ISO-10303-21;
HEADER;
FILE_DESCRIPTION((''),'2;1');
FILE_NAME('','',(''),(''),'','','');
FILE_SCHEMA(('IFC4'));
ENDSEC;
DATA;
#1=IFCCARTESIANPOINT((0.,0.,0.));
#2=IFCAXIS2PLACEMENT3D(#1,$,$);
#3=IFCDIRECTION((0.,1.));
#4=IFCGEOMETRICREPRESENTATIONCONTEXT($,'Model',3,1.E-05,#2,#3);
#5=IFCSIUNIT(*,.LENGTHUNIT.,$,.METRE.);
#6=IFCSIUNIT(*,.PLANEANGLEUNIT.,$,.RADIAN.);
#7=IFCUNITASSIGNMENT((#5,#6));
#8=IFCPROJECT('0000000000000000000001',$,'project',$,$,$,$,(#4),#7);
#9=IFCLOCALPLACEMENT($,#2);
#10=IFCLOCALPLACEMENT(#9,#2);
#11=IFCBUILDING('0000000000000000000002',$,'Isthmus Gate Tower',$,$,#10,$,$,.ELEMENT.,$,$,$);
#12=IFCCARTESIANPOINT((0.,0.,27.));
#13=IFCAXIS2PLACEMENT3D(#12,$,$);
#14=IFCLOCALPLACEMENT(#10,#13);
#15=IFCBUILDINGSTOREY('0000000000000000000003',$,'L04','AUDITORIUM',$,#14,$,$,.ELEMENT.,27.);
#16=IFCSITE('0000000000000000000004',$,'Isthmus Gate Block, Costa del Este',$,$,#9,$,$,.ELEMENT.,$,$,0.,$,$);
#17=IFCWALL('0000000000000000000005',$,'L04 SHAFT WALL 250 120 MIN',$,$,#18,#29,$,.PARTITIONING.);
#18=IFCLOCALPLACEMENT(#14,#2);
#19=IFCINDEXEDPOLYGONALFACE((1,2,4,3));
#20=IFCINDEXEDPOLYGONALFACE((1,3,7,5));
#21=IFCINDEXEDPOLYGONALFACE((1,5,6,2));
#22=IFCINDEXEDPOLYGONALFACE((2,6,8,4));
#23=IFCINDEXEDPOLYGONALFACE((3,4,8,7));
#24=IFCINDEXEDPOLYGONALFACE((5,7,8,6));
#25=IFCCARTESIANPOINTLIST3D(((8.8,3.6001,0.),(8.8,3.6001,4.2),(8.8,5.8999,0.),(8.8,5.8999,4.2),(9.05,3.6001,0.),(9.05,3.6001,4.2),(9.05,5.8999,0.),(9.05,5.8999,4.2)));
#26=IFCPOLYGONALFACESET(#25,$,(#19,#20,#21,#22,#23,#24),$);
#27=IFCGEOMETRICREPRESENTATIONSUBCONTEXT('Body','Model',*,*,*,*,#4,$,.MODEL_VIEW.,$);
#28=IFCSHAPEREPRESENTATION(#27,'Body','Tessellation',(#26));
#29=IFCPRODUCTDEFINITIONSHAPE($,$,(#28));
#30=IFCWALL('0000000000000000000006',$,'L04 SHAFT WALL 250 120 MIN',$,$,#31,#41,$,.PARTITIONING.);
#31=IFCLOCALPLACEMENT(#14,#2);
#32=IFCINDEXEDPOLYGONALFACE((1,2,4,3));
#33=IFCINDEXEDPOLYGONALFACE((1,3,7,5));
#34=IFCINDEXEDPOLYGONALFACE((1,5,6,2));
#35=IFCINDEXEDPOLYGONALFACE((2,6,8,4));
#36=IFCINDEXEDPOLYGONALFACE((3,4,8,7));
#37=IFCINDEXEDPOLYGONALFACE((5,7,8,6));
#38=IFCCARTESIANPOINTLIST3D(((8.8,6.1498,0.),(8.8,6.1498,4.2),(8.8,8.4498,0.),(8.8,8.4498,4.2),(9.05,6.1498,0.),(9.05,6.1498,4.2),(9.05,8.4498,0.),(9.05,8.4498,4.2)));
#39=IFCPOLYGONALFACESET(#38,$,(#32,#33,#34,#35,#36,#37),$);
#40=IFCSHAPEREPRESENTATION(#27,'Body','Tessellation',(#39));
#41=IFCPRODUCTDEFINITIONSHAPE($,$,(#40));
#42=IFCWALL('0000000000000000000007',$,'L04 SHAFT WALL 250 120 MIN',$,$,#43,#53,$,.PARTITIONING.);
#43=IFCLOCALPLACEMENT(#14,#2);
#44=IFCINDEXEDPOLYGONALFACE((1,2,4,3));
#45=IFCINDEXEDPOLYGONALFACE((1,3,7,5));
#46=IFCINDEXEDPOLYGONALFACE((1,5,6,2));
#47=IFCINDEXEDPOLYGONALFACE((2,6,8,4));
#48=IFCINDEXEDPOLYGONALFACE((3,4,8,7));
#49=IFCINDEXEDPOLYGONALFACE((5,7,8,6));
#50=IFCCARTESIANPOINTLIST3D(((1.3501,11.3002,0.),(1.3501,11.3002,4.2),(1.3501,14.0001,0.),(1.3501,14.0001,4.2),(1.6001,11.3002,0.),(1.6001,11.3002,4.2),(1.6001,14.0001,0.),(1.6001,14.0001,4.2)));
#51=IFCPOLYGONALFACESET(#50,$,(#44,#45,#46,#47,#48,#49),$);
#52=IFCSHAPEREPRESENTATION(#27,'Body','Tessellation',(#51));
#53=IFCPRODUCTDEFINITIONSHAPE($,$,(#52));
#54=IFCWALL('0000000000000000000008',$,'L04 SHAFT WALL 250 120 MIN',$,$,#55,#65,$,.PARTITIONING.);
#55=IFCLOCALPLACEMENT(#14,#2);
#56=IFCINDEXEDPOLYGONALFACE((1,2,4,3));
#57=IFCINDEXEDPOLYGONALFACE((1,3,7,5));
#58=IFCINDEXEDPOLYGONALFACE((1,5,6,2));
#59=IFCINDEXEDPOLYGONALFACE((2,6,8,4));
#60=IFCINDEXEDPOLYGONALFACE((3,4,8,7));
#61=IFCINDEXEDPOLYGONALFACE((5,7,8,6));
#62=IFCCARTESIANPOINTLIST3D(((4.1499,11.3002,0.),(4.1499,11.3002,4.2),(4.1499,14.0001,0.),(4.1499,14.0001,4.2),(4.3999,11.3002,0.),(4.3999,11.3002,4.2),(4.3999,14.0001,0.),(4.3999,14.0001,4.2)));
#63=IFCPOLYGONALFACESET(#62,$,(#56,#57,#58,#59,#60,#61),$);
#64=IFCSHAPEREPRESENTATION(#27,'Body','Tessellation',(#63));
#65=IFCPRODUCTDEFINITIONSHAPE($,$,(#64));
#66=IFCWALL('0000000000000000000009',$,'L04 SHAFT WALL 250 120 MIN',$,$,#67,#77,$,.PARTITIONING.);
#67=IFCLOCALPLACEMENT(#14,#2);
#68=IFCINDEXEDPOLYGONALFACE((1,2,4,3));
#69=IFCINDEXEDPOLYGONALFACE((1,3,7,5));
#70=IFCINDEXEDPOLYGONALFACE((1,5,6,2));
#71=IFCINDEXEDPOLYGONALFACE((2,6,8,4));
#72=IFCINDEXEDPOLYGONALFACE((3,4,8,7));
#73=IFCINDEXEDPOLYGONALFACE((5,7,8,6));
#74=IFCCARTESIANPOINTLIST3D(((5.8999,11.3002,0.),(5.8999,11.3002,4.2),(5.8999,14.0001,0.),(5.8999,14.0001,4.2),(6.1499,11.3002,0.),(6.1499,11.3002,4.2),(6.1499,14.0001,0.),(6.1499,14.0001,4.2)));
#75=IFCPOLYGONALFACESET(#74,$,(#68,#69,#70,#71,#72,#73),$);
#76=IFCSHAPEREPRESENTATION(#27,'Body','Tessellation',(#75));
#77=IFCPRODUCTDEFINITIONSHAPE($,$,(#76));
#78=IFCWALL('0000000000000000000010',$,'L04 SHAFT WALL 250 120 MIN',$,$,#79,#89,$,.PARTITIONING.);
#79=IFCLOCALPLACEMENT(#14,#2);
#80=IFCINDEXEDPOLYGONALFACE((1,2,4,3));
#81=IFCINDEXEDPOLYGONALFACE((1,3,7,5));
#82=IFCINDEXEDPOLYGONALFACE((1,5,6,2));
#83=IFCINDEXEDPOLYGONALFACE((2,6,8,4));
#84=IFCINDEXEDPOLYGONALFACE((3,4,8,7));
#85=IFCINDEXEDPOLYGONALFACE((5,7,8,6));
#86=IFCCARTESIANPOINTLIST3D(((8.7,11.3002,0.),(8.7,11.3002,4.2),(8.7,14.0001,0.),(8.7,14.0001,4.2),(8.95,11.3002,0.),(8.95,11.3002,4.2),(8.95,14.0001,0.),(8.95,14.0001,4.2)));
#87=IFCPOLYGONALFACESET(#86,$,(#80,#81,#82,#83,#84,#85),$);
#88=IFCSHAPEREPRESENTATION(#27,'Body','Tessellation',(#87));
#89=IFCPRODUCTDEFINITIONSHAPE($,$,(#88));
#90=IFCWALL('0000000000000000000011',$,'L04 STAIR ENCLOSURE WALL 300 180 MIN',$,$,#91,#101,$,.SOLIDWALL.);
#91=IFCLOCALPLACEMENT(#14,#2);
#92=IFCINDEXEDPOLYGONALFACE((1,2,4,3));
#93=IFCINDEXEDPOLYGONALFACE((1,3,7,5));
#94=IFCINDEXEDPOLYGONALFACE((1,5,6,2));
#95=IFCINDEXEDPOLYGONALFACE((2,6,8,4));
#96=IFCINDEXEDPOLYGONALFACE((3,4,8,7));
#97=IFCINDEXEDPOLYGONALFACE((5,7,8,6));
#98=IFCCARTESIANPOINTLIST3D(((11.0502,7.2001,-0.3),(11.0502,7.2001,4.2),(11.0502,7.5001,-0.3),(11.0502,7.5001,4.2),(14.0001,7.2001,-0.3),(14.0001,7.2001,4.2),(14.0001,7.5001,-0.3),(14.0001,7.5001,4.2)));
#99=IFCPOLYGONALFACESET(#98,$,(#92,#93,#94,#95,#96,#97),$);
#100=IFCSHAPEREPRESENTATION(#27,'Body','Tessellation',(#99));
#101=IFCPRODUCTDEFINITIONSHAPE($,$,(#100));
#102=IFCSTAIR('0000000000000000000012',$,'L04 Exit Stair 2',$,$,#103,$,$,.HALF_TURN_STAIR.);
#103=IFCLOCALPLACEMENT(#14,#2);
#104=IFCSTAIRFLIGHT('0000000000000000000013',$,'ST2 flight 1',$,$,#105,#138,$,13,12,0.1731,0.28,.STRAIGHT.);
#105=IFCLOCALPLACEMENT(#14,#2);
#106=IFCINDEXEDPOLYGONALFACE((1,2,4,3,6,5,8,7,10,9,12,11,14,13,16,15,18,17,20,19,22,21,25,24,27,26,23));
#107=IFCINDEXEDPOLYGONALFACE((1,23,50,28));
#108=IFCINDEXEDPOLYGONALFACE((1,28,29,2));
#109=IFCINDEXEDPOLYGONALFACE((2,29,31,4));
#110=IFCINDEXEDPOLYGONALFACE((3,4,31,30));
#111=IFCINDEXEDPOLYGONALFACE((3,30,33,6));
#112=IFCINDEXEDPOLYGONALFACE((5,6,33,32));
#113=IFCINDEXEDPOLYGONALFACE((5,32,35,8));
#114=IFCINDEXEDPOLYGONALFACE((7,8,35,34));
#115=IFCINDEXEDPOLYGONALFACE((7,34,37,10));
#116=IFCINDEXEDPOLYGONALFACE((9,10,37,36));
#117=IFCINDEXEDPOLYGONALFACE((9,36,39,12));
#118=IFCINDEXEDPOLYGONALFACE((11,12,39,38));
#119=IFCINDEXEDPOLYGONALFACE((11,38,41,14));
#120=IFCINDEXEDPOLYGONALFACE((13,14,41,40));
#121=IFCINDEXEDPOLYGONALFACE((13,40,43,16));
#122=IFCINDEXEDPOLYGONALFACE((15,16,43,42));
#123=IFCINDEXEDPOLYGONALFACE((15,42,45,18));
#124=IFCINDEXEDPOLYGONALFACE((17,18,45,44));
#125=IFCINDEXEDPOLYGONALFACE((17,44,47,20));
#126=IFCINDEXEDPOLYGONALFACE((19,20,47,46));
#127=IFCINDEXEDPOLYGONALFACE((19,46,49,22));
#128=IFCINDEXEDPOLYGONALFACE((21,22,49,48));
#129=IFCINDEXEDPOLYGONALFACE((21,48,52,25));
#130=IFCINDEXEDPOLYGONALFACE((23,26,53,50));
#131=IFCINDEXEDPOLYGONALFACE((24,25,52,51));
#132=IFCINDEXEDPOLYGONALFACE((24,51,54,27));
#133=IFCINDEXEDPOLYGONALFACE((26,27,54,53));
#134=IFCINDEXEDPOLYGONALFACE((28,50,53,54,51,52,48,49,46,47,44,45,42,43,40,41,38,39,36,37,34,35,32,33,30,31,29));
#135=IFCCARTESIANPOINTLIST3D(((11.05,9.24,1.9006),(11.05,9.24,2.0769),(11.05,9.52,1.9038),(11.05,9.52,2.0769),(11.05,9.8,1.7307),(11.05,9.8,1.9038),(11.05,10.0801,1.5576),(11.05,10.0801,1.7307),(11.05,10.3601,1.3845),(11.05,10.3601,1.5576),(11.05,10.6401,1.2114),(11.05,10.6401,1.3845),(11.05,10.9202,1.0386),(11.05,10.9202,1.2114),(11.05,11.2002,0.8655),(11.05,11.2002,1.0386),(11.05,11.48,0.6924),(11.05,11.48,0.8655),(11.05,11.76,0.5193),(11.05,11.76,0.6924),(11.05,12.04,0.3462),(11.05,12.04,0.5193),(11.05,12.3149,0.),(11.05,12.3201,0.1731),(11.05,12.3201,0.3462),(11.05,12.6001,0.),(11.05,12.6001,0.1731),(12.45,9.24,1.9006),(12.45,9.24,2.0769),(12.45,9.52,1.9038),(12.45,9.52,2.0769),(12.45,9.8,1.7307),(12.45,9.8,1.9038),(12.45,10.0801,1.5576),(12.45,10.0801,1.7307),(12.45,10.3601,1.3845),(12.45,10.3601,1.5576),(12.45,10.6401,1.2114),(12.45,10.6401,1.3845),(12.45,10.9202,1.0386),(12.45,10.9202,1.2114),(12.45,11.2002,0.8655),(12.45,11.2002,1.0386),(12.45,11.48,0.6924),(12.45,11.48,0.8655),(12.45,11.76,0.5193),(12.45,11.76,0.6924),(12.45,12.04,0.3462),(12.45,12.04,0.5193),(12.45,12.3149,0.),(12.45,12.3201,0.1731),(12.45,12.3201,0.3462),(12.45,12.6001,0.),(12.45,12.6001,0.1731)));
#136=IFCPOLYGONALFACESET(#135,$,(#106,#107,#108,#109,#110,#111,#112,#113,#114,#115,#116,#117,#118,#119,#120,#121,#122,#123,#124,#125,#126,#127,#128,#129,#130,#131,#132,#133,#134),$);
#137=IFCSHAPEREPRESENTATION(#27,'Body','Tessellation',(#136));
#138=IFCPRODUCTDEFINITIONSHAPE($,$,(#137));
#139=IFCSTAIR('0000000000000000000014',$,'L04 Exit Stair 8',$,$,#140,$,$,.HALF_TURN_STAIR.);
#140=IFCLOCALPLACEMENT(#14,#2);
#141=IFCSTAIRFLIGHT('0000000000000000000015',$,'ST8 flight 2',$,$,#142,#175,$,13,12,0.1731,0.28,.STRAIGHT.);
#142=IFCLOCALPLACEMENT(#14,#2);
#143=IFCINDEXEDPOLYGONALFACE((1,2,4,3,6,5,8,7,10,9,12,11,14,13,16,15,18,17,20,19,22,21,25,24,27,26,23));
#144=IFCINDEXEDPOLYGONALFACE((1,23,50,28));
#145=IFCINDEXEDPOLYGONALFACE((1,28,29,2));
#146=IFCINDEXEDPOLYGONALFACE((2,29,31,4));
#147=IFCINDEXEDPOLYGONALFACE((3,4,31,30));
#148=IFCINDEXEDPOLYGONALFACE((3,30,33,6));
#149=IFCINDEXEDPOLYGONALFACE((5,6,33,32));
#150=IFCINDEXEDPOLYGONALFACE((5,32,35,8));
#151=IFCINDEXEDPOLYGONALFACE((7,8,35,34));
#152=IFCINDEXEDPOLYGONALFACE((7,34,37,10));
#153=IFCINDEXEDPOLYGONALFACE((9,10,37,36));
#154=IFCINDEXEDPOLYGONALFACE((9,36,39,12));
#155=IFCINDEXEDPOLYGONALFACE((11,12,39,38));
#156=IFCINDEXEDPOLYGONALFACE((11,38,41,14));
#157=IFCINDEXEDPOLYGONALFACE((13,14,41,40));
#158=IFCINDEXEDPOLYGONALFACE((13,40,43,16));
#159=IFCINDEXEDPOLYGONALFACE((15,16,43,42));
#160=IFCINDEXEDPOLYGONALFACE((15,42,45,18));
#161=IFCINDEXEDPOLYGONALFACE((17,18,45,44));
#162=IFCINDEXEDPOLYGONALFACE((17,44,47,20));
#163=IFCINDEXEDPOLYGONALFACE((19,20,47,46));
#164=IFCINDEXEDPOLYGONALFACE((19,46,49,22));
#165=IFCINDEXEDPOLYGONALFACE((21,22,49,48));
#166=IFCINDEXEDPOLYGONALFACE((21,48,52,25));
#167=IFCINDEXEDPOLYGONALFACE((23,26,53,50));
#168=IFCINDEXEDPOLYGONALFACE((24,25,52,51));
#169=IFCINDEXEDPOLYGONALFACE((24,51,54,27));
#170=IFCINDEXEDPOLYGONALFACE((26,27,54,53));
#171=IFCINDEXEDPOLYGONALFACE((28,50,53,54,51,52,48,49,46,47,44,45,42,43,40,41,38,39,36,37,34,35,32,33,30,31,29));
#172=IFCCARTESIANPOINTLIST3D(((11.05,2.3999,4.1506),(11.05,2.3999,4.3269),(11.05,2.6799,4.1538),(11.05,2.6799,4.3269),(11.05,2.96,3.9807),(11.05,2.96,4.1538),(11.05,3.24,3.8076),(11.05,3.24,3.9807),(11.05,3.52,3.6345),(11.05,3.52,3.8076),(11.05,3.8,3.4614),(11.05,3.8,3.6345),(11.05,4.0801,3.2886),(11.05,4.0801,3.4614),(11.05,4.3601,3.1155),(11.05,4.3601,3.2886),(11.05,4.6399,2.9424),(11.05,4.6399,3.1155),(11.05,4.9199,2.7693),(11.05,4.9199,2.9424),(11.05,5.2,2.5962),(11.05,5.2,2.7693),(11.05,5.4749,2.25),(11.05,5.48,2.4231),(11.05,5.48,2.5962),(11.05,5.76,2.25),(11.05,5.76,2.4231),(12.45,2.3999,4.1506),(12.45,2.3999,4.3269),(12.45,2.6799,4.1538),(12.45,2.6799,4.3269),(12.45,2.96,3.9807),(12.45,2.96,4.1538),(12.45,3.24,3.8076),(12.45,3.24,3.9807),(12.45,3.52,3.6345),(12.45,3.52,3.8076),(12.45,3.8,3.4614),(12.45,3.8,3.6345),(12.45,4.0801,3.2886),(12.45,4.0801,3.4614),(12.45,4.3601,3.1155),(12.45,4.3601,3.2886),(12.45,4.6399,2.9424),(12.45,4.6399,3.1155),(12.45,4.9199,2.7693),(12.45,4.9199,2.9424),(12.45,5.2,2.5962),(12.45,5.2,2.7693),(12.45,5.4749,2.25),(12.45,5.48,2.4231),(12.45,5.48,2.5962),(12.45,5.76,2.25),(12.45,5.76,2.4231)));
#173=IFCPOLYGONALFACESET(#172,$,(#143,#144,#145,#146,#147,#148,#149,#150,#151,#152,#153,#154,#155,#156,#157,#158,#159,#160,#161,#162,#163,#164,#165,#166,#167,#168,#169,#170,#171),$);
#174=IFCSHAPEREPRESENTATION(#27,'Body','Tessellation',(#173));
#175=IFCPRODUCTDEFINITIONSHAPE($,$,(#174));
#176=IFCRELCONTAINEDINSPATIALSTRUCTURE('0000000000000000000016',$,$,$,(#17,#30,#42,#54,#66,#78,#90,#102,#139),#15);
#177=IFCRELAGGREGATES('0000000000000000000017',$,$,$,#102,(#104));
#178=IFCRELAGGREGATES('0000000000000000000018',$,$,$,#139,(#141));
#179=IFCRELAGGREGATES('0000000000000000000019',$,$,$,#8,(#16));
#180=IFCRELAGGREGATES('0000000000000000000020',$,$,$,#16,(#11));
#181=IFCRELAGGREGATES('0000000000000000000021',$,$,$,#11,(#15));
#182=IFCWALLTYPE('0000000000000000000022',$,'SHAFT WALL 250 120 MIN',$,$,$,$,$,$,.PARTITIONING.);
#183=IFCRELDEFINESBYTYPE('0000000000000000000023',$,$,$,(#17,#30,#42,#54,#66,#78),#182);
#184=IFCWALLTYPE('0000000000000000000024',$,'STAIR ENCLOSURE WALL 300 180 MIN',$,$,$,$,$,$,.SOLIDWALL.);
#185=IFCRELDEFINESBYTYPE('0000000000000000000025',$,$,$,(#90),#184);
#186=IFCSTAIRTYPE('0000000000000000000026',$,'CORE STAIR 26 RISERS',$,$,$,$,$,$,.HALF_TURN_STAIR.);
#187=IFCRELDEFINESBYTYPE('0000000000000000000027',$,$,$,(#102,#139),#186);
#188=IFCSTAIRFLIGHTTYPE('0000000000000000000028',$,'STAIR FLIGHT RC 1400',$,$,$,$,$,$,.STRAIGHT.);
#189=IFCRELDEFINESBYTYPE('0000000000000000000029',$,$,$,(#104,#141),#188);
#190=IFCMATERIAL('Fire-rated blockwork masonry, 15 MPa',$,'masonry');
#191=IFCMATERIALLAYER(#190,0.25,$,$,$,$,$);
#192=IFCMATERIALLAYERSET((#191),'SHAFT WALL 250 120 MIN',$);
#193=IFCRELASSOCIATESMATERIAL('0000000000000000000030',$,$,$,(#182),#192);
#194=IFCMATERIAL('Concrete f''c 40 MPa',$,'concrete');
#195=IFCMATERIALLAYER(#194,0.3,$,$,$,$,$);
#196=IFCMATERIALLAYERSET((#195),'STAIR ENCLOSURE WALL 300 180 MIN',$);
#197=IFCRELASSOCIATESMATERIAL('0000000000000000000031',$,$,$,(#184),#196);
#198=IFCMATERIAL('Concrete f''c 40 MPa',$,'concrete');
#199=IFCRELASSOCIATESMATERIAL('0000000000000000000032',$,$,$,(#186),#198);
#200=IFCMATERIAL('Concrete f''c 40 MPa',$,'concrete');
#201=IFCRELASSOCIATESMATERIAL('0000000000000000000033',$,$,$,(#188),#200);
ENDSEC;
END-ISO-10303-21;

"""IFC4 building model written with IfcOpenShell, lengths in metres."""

from ifc_helpers import new_model, si_unit, direction, frame, frame_2d, origin, place, context, subcontext, project, spatial, polyline, rectangle, outline, extrude, material, layer, layer_set, type_object, element, aggregate, save


model = new_model("IFC4")

# Units and contexts
model_context = context("Model", 3, precision=1e-05, world=origin(), true_north=direction((0.0, 1.0)))
body_context = subcontext(model_context, "Body", "Model", "MODEL_VIEW")
ifc_project = project(units=[si_unit("LENGTHUNIT", "METRE"), si_unit("PLANEANGLEUNIT", "RADIAN")], contexts=[model_context])

# Site, building, storey
site_placement = place(None, origin())
site = spatial("IfcSite", under=ifc_project, at=site_placement, Name="Isthmus Gate Block, Costa del Este", CompositionType="ELEMENT", RefElevation=0.0)
building_placement = place(site_placement, origin())
building = spatial("IfcBuilding", under=site, at=building_placement, Name="Isthmus Gate Tower", CompositionType="ELEMENT")
storey_placement = place(building_placement, frame((0.0, 0.0, 27.0)))
storey = spatial("IfcBuildingStorey", under=building, at=storey_placement, Name="L04", Description="AUDITORIUM", CompositionType="ELEMENT", Elevation=27.0)

# Walls
ifc_material_1 = material(Name="Fire-rated blockwork masonry, 15 MPa", Category="masonry")
ifc_layer_1 = layer(ifc_material_1, 0.25)
ifc_layer_set_1 = layer_set([ifc_layer_1], Name="SHAFT WALL 250 120 MIN")
wall_type_1 = type_object("IfcWallType", Name="SHAFT WALL 250 120 MIN", PredefinedType="PARTITIONING", material=ifc_layer_set_1)
for number, where, z_axis, x_axis, name in (
    (1, (8.925, 3.6001, 0.0), (0.0, 0.0, 1.0), (0.0, 1.0, 0.0), "L04 SHAFT WALL 250 120 MIN"),
):
    element("IfcWall", number, at=place(storey_placement, frame(where, z_axis=z_axis, x_axis=x_axis)), inside=storey, type_object=wall_type_1, Name=name, PredefinedType="PARTITIONING", context=body_context, shape_type="SweptSolid", body=[
        extrude(rectangle(XDim=2.2998, YDim=0.25, at=frame_2d((1.1499, 0.0))), origin(), (0.0, 0.0, 1.0), 4.2),
    ])
wall_1_placement = place(storey_placement, frame((8.925, 6.1499, 0.0), z_axis=(0.0, 0.0, 1.0), x_axis=(0.0, 1.0, 0.0)))
element("IfcWall", 2, at=wall_1_placement, inside=storey, type_object=wall_type_1, Name="L04 SHAFT WALL 250 120 MIN", PredefinedType="PARTITIONING", context=body_context, shape_type="SweptSolid", body=[
    extrude(rectangle(XDim=2.3, YDim=0.25, at=frame_2d((1.1499, 0.0))), origin(), (0.0, 0.0, 1.0), 4.2),
])
for number, where, z_axis, x_axis, name in (
    (3, (1.4751, 11.3, 0.0), (0.0, 0.0, 1.0), (0.0, 1.0, 0.0), "L04 SHAFT WALL 250 120 MIN"),
    (4, (4.2749, 11.3, 0.0), (0.0, 0.0, 1.0), (0.0, 1.0, 0.0), "L04 SHAFT WALL 250 120 MIN"),
    (5, (6.0249, 11.3, 0.0), (0.0, 0.0, 1.0), (0.0, 1.0, 0.0), "L04 SHAFT WALL 250 120 MIN"),
    (6, (8.825, 11.3, 0.0), (0.0, 0.0, 1.0), (0.0, 1.0, 0.0), "L04 SHAFT WALL 250 120 MIN"),
):
    element("IfcWall", number, at=place(storey_placement, frame(where, z_axis=z_axis, x_axis=x_axis)), inside=storey, type_object=wall_type_1, Name=name, PredefinedType="PARTITIONING", context=body_context, shape_type="SweptSolid", body=[
        extrude(rectangle(XDim=2.7, YDim=0.25, at=frame_2d((1.3501, 0.0))), origin(), (0.0, 0.0, 1.0), 4.2),
    ])
ifc_material_2 = material(Name="Concrete f'c 40 MPa", Category="concrete")
ifc_layer_2 = layer(ifc_material_2, 0.3)
ifc_layer_set_2 = layer_set([ifc_layer_2], Name="STAIR ENCLOSURE WALL 300 180 MIN")
wall_type_2 = type_object("IfcWallType", Name="STAIR ENCLOSURE WALL 300 180 MIN", PredefinedType="SOLIDWALL", material=ifc_layer_set_2)
wall_2_placement = place(storey_placement, frame((11.05, 7.3501, -0.3), z_axis=(0.0, 0.0, 1.0), x_axis=(1.0, 0.0, 0.0)))
element("IfcWall", 7, at=wall_2_placement, inside=storey, type_object=wall_type_2, Name="L04 STAIR ENCLOSURE WALL 300 180 MIN", PredefinedType="SOLIDWALL", context=body_context, shape_type="SweptSolid", body=[
    extrude(rectangle(XDim=2.95, YDim=0.3, at=frame_2d((1.4751, 0.0))), origin(), (0.0, 0.0, 1.0), 4.5),
])

# Stairs, stair flights
ifc_material_3 = material(Name="Concrete f'c 40 MPa", Category="concrete")
stair_type = type_object("IfcStairType", Name="CORE STAIR 26 RISERS", PredefinedType="HALF_TURN_STAIR", material=ifc_material_3)
stair_1_placement = place(storey_placement, origin())
stair_1 = element("IfcStair", 8, at=stair_1_placement, inside=storey, type_object=stair_type, Name="L04 Exit Stair 2", PredefinedType="HALF_TURN_STAIR")
ifc_material_4 = material(Name="Concrete f'c 40 MPa", Category="concrete")
stair_flight_type = type_object("IfcStairFlightType", Name="STAIR FLIGHT RC 1400", PredefinedType="STRAIGHT", material=ifc_material_4)
stair_flight_1_placement = place(storey_placement, frame((11.75, 12.6001, 0.0), z_axis=(0.0, 0.0, 1.0), x_axis=(0.0, -1.0, 0.0)))
stair_flight_1 = element("IfcStairFlight", 9, at=stair_flight_1_placement, type_object=stair_flight_type, Name="ST2 flight 1", NumberOfRisers=13, NumberOfTreads=12, PredefinedType="STRAIGHT", RiserHeight=0.1731, TreadLength=0.28, context=body_context, shape_type="SweptSolid", body=[
    extrude(outline(polyline([(0.0, 0.0), (0.0, 0.1731), (0.28, 0.1731), (0.28, 0.3462), (0.5601, 0.3462), (0.5601, 0.5193), (0.8401, 0.5193), (0.8401, 0.6924), (1.1201, 0.6924), (1.1201, 0.8655), (1.3999, 0.8655), (1.3999, 1.0386), (1.6799, 1.0386), (1.6799, 1.2114), (1.96, 1.2114), (1.96, 1.3845), (2.24, 1.3845), (2.24, 1.5576), (2.52, 1.5576), (2.52, 1.7307), (2.8, 1.7307), (2.8, 1.9038), (3.0801, 1.9038), (3.0801, 2.0769), (3.3601, 2.0769), (3.3601, 2.25), (3.3601, 1.9006), (0.2852, 0.0), (0.0, 0.0)])), frame((0.0, 0.7, 0.0), z_axis=(0.0, -1.0, 0.0), x_axis=(1.0, 0.0, 0.0)), (0.0, 0.0, 1.0), 1.3999),
])
aggregate(stair_1, [stair_flight_1])
stair_2_placement = place(storey_placement, origin())
stair_2 = element("IfcStair", 10, at=stair_2_placement, inside=storey, type_object=stair_type, Name="L04 Exit Stair 8", PredefinedType="HALF_TURN_STAIR")
stair_flight_2_placement = place(storey_placement, frame((11.75, 5.76, 2.25), z_axis=(0.0, 0.0, 1.0), x_axis=(0.0, -1.0, 0.0)))
stair_flight_2 = element("IfcStairFlight", 11, at=stair_flight_2_placement, type_object=stair_flight_type, Name="ST8 flight 2", NumberOfRisers=13, NumberOfTreads=12, PredefinedType="STRAIGHT", RiserHeight=0.1731, TreadLength=0.28, context=body_context, shape_type="SweptSolid", body=[
    extrude(outline(polyline([(0.0, 0.0), (0.0, 0.1731), (0.28, 0.1731), (0.28, 0.3462), (0.5601, 0.3462), (0.5601, 0.5193), (0.8401, 0.5193), (0.8401, 0.6924), (1.1201, 0.6924), (1.1201, 0.8655), (1.3999, 0.8655), (1.3999, 1.0386), (1.6799, 1.0386), (1.6799, 1.2114), (1.96, 1.2114), (1.96, 1.3845), (2.24, 1.3845), (2.24, 1.5576), (2.52, 1.5576), (2.52, 1.7307), (2.8, 1.7307), (2.8, 1.9038), (3.0801, 1.9038), (3.0801, 2.0769), (3.3601, 2.0769), (3.3601, 2.25), (3.3601, 1.9006), (0.2852, 0.0), (0.0, 0.0)])), frame((0.0, 0.7, 0.0), z_axis=(0.0, -1.0, 0.0), x_axis=(1.0, 0.0, 0.0)), (0.0, 0.0, 1.0), 1.3999),
])
aggregate(stair_2, [stair_flight_2])

save(model, "model.ifc")
